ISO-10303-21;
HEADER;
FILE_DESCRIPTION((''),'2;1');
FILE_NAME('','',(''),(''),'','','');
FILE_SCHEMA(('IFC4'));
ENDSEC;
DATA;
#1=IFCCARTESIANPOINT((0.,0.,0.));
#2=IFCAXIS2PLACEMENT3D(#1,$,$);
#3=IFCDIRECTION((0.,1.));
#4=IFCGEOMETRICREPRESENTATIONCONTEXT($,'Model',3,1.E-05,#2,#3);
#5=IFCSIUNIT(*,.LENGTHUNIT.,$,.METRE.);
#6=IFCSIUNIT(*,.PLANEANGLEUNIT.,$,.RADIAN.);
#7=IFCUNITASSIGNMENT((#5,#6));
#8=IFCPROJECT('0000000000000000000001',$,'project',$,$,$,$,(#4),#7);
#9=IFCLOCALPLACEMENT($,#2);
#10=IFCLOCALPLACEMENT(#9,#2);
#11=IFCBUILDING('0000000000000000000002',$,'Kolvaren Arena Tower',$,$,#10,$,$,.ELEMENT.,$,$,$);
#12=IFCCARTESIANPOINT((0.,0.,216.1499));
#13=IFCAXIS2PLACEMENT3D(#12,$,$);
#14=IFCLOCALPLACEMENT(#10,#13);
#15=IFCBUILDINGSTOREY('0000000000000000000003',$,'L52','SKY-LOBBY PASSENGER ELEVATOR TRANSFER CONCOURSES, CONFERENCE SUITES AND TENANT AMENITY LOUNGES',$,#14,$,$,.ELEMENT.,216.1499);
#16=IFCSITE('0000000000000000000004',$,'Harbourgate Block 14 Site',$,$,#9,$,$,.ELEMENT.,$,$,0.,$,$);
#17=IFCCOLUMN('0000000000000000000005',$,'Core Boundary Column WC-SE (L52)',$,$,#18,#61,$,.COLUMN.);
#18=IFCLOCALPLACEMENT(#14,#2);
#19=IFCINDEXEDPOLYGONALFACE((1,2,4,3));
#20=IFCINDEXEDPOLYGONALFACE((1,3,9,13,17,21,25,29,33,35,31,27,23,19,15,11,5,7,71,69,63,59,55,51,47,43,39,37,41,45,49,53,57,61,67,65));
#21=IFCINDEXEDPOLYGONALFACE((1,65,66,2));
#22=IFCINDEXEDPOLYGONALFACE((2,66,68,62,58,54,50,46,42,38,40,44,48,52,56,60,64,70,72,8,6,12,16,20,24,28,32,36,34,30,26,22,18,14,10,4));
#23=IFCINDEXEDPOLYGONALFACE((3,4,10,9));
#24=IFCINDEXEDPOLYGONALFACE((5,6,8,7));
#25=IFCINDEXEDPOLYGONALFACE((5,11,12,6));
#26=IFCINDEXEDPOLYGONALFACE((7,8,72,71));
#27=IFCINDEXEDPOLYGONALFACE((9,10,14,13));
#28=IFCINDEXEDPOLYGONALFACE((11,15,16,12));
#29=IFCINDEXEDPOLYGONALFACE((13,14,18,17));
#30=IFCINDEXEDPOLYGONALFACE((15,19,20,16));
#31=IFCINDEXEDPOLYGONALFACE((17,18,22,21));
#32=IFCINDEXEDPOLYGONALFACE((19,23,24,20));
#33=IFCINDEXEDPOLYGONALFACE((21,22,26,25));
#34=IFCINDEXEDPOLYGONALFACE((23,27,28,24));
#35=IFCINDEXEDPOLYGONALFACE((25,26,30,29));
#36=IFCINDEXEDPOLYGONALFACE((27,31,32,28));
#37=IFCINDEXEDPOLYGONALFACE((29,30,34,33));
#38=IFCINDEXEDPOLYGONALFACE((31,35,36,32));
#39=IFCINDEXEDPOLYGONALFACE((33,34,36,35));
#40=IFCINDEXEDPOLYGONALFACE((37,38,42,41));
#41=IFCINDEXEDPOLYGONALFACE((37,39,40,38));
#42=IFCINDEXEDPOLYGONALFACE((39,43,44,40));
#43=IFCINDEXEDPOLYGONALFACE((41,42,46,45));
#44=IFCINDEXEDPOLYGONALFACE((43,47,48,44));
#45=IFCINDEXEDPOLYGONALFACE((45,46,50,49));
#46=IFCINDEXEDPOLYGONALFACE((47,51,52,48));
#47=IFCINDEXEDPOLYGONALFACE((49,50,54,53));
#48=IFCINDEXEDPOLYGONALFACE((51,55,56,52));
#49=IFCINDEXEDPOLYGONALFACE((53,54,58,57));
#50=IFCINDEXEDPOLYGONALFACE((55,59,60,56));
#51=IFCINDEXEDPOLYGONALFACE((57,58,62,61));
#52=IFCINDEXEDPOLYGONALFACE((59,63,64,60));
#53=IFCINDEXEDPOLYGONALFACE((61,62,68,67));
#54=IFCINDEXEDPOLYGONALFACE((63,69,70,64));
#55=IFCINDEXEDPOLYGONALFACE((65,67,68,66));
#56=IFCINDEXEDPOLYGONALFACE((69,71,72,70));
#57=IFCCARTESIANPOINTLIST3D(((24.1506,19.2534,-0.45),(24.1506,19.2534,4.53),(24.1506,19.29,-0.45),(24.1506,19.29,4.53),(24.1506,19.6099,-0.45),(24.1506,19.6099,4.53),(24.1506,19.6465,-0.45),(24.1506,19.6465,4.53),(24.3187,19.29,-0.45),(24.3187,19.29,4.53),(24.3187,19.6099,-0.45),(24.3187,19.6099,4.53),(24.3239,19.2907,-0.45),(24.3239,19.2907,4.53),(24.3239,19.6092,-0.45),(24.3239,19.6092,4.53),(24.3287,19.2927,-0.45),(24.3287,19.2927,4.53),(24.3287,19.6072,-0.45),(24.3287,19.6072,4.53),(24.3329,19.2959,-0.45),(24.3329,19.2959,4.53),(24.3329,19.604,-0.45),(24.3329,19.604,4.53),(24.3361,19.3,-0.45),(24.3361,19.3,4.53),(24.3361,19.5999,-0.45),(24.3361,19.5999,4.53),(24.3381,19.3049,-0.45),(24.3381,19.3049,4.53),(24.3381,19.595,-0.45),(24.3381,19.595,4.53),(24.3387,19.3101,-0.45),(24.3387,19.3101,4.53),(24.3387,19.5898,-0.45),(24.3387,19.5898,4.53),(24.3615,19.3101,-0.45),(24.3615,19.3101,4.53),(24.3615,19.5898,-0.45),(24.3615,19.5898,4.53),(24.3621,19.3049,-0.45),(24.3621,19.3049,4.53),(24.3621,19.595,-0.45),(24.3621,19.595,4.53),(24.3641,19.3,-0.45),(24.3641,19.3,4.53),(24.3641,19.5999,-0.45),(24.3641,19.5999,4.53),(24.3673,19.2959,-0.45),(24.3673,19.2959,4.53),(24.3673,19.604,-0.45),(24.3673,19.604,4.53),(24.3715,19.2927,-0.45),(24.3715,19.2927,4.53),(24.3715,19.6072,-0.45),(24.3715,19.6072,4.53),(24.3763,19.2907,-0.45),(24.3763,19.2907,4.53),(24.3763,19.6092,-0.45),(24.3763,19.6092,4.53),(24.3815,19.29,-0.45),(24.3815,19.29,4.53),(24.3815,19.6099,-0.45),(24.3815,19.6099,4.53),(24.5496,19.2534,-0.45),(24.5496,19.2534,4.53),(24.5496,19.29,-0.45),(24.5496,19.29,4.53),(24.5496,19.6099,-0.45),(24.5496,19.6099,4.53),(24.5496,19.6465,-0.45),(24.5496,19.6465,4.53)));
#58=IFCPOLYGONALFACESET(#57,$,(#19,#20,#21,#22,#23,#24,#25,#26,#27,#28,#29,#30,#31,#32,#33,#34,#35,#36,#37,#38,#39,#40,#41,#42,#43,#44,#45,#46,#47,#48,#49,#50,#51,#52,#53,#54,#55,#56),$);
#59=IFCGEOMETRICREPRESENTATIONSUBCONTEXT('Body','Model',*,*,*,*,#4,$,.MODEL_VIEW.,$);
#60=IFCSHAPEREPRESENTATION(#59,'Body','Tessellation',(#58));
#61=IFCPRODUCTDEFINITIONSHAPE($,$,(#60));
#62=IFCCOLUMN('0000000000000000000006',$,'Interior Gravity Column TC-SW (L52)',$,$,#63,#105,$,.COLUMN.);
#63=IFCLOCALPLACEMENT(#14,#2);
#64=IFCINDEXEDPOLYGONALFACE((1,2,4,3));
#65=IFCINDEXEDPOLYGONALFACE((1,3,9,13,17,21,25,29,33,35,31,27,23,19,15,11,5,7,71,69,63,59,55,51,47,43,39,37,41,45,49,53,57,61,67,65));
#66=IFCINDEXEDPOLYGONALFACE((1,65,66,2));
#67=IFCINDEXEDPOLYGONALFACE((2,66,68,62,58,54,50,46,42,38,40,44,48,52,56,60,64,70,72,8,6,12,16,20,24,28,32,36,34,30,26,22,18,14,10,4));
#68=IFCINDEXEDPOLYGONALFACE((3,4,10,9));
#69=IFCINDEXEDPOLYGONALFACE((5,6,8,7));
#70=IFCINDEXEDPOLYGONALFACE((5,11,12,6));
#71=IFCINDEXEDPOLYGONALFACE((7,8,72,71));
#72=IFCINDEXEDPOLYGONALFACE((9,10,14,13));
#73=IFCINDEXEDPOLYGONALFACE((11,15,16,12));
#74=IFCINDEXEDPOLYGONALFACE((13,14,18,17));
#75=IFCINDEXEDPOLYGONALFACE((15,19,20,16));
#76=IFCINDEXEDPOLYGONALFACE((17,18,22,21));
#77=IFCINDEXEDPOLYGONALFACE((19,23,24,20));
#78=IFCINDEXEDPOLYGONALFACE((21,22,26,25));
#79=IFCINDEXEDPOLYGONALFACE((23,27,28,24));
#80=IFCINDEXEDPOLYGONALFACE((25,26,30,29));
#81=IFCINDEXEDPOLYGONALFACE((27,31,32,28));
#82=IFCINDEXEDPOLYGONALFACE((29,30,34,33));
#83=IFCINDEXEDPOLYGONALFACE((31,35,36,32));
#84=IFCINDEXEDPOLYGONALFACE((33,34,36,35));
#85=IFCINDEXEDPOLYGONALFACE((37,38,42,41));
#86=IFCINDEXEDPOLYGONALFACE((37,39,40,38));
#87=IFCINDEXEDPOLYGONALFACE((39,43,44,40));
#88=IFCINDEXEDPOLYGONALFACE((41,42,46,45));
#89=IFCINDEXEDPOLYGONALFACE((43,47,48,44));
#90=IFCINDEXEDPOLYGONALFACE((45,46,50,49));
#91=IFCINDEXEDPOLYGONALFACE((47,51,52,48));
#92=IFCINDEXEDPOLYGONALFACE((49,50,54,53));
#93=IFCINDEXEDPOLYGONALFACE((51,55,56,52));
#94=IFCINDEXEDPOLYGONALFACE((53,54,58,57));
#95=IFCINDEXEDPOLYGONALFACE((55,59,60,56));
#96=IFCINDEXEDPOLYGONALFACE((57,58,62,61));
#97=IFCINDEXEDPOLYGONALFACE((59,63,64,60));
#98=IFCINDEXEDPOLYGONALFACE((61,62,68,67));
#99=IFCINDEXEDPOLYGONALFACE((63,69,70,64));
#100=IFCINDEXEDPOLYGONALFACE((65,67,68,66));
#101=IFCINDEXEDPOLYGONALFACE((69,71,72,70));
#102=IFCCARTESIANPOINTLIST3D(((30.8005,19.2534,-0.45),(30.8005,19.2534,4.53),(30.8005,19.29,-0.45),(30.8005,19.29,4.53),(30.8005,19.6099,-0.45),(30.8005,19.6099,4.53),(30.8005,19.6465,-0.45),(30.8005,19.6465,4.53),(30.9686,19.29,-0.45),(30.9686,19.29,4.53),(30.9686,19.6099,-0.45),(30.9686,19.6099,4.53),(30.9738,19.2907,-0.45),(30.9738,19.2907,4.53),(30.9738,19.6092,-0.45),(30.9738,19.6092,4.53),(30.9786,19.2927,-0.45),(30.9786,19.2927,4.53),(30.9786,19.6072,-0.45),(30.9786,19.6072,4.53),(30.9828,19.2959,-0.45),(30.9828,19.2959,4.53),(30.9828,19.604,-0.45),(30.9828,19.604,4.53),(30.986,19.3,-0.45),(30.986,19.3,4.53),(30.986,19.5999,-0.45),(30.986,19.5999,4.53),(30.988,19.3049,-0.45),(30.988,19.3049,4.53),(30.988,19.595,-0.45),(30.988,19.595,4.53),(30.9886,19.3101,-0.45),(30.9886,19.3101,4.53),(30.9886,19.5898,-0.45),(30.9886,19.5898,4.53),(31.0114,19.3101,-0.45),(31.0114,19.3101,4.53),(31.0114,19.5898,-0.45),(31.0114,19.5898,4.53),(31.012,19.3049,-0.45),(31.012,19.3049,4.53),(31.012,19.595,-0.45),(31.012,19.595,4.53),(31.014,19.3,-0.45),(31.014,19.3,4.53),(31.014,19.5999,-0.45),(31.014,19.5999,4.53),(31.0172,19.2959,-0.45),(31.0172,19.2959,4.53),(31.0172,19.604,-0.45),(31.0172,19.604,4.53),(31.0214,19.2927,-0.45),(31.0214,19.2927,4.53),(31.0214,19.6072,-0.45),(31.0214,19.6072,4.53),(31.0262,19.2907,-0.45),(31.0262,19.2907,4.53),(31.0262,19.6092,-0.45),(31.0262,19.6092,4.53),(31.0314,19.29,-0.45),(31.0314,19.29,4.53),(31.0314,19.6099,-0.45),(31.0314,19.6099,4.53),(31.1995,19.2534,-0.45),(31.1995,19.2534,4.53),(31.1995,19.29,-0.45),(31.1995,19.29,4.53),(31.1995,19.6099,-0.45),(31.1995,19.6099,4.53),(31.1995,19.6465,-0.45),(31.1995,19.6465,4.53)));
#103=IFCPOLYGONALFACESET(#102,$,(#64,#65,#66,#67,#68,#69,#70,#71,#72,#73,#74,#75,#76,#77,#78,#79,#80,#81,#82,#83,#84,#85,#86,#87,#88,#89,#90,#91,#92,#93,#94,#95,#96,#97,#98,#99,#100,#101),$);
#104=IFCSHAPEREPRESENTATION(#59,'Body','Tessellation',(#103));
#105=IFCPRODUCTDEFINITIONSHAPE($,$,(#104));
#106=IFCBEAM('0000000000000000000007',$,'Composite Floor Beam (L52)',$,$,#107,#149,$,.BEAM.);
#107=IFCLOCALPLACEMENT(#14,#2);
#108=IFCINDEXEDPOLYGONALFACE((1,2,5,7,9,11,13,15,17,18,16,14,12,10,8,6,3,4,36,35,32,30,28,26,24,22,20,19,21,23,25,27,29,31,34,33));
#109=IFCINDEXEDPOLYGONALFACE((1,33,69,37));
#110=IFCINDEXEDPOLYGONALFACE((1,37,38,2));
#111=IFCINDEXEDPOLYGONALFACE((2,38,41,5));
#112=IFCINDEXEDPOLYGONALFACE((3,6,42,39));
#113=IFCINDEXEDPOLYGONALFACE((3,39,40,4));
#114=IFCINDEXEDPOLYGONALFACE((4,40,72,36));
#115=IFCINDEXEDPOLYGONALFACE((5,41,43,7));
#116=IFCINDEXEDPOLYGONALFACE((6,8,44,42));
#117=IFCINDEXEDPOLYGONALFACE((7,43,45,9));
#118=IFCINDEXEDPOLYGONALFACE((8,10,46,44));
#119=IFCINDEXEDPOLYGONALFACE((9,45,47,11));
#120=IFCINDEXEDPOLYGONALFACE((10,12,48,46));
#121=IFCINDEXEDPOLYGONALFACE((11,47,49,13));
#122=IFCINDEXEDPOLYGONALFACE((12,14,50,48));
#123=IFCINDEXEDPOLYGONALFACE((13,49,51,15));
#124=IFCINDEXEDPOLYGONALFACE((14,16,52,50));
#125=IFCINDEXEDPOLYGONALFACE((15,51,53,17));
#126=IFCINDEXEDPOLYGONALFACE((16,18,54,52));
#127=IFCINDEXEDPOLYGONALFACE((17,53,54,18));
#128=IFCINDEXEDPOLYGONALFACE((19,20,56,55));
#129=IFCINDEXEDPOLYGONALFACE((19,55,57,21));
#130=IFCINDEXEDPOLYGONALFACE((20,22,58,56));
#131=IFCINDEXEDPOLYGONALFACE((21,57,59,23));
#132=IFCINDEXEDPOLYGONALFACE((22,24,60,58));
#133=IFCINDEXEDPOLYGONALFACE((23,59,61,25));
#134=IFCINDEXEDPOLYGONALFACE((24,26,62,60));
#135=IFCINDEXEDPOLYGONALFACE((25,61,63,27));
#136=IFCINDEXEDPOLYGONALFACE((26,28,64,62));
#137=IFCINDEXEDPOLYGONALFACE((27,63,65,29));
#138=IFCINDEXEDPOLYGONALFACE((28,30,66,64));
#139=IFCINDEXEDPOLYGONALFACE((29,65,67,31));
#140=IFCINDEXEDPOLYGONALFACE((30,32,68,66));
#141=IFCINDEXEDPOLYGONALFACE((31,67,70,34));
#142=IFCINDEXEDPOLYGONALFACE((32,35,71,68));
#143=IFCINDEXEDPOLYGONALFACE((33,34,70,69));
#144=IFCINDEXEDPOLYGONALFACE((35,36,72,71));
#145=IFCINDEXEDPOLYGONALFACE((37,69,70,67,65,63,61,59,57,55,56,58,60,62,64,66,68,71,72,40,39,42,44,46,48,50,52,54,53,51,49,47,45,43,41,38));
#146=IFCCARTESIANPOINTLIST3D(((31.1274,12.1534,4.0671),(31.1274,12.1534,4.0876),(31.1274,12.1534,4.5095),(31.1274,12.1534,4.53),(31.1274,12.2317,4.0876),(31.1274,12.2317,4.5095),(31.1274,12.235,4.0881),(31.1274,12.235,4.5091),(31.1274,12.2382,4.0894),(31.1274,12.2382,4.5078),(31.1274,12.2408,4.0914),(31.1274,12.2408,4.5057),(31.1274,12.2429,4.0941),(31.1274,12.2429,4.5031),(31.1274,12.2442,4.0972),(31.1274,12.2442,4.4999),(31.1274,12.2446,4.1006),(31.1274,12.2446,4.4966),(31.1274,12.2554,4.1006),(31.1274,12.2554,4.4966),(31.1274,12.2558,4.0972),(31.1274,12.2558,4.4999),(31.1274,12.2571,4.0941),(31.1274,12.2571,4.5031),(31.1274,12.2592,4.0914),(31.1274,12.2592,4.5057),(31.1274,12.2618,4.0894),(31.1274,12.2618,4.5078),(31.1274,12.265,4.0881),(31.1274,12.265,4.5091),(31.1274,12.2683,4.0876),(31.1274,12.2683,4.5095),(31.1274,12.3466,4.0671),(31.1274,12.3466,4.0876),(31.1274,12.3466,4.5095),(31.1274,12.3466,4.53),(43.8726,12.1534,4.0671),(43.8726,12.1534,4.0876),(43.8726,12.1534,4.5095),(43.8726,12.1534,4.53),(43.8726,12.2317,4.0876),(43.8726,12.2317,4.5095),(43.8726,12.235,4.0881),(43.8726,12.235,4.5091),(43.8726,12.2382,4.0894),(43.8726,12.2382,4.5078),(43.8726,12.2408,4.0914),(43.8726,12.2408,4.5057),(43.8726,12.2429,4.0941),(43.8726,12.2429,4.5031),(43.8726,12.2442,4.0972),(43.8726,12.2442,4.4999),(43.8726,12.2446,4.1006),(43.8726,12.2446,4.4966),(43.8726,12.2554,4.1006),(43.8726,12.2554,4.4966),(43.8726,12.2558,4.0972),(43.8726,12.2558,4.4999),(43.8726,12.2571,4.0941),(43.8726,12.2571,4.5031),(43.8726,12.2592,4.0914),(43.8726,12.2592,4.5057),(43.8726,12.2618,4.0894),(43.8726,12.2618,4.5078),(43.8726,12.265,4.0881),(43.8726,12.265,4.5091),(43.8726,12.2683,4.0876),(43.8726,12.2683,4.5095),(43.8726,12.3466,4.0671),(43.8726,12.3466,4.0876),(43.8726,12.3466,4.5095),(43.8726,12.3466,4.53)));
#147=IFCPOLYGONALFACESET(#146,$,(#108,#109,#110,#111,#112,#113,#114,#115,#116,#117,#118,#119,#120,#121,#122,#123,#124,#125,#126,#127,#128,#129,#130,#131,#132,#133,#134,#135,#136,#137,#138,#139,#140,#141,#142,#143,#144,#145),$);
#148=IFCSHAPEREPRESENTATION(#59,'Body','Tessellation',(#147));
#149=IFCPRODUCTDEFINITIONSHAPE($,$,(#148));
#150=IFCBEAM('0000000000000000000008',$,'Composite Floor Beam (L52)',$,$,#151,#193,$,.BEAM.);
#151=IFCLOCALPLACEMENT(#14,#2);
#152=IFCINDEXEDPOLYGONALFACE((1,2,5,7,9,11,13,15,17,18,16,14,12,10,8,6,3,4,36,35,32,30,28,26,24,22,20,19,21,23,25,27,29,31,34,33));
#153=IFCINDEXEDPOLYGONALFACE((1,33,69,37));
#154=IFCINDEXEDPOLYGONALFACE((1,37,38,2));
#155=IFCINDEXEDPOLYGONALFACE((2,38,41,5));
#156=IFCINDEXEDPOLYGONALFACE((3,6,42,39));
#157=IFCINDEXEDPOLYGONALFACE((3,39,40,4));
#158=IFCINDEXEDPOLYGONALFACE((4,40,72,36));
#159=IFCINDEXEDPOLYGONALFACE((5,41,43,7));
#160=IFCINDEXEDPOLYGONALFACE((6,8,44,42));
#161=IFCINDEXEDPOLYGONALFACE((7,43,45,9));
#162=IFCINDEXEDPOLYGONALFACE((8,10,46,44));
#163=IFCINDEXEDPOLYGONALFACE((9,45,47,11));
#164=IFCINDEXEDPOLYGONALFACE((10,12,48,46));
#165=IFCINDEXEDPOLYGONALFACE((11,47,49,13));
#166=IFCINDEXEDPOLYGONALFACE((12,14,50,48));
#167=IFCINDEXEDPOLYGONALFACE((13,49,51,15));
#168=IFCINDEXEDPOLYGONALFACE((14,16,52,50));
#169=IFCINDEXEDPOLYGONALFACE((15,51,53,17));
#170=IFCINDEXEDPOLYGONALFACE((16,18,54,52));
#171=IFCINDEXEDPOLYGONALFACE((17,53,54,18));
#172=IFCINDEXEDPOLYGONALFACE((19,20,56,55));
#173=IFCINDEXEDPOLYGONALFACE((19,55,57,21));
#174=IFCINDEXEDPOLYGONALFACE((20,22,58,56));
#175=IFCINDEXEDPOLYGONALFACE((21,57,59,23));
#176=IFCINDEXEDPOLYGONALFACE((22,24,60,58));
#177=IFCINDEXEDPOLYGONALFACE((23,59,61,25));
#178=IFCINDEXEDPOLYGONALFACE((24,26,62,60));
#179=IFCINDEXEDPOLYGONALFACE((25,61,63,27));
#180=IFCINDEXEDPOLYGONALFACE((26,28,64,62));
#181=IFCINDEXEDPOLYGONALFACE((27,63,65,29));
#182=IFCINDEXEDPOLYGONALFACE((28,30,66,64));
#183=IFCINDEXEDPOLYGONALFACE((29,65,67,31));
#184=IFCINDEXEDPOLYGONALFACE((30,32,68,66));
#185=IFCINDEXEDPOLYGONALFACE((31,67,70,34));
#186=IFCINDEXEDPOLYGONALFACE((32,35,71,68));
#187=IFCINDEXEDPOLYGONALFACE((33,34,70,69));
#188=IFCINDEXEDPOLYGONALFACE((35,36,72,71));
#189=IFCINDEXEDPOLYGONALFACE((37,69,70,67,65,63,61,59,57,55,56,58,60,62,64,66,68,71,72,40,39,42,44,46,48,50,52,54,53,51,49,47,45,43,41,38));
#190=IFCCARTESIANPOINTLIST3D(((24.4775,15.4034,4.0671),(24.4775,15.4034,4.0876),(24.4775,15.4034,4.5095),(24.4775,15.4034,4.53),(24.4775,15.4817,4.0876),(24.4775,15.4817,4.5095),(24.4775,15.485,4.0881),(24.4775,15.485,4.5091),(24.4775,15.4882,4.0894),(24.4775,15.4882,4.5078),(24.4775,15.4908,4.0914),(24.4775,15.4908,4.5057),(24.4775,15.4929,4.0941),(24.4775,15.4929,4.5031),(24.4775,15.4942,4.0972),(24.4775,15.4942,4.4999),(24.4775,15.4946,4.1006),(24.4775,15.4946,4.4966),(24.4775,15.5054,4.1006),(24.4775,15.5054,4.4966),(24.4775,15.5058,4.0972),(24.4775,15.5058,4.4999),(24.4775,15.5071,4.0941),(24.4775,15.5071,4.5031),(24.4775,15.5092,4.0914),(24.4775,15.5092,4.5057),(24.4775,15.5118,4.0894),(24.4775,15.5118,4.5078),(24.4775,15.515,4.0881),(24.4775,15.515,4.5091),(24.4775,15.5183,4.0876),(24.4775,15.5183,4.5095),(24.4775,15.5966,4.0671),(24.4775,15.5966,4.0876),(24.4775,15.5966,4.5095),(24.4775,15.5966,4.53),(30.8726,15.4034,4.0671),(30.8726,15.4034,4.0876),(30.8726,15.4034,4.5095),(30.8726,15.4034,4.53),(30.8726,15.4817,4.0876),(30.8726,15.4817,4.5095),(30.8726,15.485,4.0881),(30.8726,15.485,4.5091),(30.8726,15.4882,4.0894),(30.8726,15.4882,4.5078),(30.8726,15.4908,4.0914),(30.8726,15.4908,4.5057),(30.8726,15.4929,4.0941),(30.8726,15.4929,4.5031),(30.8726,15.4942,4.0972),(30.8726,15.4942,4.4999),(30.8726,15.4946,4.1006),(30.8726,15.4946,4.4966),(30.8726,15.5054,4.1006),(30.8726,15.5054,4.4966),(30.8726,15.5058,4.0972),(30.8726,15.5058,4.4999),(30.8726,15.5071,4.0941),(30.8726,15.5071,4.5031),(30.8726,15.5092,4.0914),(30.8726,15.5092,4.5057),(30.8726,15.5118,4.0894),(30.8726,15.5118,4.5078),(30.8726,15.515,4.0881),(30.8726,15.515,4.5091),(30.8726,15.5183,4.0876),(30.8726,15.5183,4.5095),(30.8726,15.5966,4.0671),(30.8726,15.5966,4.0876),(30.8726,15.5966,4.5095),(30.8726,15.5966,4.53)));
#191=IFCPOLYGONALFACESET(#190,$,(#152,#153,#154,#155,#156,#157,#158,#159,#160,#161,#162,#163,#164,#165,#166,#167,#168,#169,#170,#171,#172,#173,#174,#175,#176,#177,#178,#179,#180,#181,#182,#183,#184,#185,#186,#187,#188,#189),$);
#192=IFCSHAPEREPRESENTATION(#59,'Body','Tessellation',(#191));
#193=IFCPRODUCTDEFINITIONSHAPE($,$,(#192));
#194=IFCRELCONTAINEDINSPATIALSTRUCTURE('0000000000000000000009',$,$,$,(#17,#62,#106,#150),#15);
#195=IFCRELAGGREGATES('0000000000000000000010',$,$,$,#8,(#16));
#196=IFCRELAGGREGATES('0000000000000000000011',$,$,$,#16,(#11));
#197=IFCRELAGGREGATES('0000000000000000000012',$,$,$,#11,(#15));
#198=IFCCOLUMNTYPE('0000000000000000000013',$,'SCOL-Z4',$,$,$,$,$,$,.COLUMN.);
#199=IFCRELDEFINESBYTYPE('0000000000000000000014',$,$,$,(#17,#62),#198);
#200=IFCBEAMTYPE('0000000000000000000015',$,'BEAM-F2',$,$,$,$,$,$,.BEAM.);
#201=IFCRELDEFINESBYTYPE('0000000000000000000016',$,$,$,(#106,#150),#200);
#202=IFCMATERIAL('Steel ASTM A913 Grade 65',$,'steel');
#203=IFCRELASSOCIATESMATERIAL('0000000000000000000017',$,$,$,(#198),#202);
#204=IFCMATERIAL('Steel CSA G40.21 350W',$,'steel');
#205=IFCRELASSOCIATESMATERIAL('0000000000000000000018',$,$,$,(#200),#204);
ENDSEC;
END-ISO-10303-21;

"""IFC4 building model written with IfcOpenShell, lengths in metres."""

from ifc_helpers import new_model, si_unit, direction, frame, origin, origin_2d, place, context, subcontext, project, spatial, i_section, extrude, material, material_profile, profile_set, type_object, element, save


model = new_model("IFC4")

# Units and contexts
model_context = context("Model", 3, precision=1e-05, world=origin(), true_north=direction((0.0, 1.0)))
body_context = subcontext(model_context, "Body", "Model", "MODEL_VIEW")
ifc_project = project(units=[si_unit("LENGTHUNIT", "METRE"), si_unit("PLANEANGLEUNIT", "RADIAN")], contexts=[model_context])

# Site, building, storey
site_placement = place(None, origin())
site = spatial("IfcSite", under=ifc_project, at=site_placement, Name="Harbourgate Block 14 Site", CompositionType="ELEMENT", RefElevation=0.0)
building_placement = place(site_placement, origin())
building = spatial("IfcBuilding", under=site, at=building_placement, Name="Kolvaren Arena Tower", CompositionType="ELEMENT")
storey_placement = place(building_placement, frame((0.0, 0.0, 216.1499)))
storey = spatial("IfcBuildingStorey", under=building, at=storey_placement, Name="L52", Description="SKY-LOBBY PASSENGER ELEVATOR TRANSFER CONCOURSES, CONFERENCE SUITES AND TENANT AMENITY LOUNGES", CompositionType="ELEMENT", Elevation=216.1499)

# Columns
ifc_material_1 = material(Name="Steel ASTM A913 Grade 65", Category="steel")
ifc_material_profile_1 = material_profile(ifc_material_1, i_section(OverallWidth=0.3989, OverallDepth=0.3931, WebThickness=0.0227, FlangeThickness=0.0366, FilletRadius=0.02, at=origin_2d()), Name="W360x287")
ifc_profile_set_1 = profile_set([ifc_material_profile_1], Name="Steel ASTM A913 Grade 65")
column_type = type_object("IfcColumnType", Name="SCOL-Z4", PredefinedType="COLUMN", material=ifc_profile_set_1)
for number, where, z_axis, x_axis, name in (
    (1, (24.3501, 19.45, -0.45), (0.0, 0.0, 1.0), (1.0, 0.0, 0.0), "Core Boundary Column WC-SE (L52)"),
    (2, (31.0, 19.45, -0.45), (0.0, 0.0, 1.0), (1.0, 0.0, 0.0), "Interior Gravity Column TC-SW (L52)"),
):
    element("IfcColumn", number, at=place(storey_placement, frame(where, z_axis=z_axis, x_axis=x_axis)), inside=storey, type_object=column_type, Name=name, PredefinedType="COLUMN", context=body_context, shape_type="SweptSolid", body=[
        extrude(i_section(OverallWidth=0.3989, OverallDepth=0.3931, WebThickness=0.0227, FlangeThickness=0.0366, FilletRadius=0.02, at=origin_2d()), origin(), (0.0, 0.0, 1.0), 4.98),
    ])

# Beams
ifc_material_2 = material(Name="Steel CSA G40.21 350W", Category="steel")
ifc_material_profile_2 = material_profile(ifc_material_2, i_section(OverallWidth=0.1931, OverallDepth=0.4629, WebThickness=0.0107, FlangeThickness=0.0205, FilletRadius=0.0129, at=origin_2d()), Name="W460x113")
ifc_profile_set_2 = profile_set([ifc_material_profile_2], Name="Steel CSA G40.21 350W")
beam_type_1 = type_object("IfcBeamType", Name="BEAM-F2", PredefinedType="BEAM", material=ifc_profile_set_2)
beam_1_placement = place(storey_placement, frame((31.1274, 12.25, 4.2986), z_axis=(1.0, 0.0, 0.0), x_axis=(0.0, 1.0, 0.0)))
element("IfcBeam", 3, at=beam_1_placement, inside=storey, type_object=beam_type_1, Name="Composite Floor Beam (L52)", PredefinedType="BEAM", context=body_context, shape_type="SweptSolid", body=[
    extrude(i_section(OverallWidth=0.1931, OverallDepth=0.4629, WebThickness=0.0107, FlangeThickness=0.0205, FilletRadius=0.0129, at=origin_2d()), origin(), (0.0, 0.0, 1.0), 12.7451),
])
beam_2_placement = place(storey_placement, frame((24.4775, 15.5, 4.2986), z_axis=(1.0, 0.0, 0.0), x_axis=(0.0, 1.0, 0.0)))
element("IfcBeam", 4, at=beam_2_placement, inside=storey, type_object=beam_type_1, Name="Composite Floor Beam (L52)", PredefinedType="BEAM", context=body_context, shape_type="SweptSolid", body=[
    extrude(i_section(OverallWidth=0.1931, OverallDepth=0.4629, WebThickness=0.0107, FlangeThickness=0.0205, FilletRadius=0.0129, at=origin_2d()), origin(), (0.0, 0.0, 1.0), 6.395),
])

save(model, "model.ifc")
